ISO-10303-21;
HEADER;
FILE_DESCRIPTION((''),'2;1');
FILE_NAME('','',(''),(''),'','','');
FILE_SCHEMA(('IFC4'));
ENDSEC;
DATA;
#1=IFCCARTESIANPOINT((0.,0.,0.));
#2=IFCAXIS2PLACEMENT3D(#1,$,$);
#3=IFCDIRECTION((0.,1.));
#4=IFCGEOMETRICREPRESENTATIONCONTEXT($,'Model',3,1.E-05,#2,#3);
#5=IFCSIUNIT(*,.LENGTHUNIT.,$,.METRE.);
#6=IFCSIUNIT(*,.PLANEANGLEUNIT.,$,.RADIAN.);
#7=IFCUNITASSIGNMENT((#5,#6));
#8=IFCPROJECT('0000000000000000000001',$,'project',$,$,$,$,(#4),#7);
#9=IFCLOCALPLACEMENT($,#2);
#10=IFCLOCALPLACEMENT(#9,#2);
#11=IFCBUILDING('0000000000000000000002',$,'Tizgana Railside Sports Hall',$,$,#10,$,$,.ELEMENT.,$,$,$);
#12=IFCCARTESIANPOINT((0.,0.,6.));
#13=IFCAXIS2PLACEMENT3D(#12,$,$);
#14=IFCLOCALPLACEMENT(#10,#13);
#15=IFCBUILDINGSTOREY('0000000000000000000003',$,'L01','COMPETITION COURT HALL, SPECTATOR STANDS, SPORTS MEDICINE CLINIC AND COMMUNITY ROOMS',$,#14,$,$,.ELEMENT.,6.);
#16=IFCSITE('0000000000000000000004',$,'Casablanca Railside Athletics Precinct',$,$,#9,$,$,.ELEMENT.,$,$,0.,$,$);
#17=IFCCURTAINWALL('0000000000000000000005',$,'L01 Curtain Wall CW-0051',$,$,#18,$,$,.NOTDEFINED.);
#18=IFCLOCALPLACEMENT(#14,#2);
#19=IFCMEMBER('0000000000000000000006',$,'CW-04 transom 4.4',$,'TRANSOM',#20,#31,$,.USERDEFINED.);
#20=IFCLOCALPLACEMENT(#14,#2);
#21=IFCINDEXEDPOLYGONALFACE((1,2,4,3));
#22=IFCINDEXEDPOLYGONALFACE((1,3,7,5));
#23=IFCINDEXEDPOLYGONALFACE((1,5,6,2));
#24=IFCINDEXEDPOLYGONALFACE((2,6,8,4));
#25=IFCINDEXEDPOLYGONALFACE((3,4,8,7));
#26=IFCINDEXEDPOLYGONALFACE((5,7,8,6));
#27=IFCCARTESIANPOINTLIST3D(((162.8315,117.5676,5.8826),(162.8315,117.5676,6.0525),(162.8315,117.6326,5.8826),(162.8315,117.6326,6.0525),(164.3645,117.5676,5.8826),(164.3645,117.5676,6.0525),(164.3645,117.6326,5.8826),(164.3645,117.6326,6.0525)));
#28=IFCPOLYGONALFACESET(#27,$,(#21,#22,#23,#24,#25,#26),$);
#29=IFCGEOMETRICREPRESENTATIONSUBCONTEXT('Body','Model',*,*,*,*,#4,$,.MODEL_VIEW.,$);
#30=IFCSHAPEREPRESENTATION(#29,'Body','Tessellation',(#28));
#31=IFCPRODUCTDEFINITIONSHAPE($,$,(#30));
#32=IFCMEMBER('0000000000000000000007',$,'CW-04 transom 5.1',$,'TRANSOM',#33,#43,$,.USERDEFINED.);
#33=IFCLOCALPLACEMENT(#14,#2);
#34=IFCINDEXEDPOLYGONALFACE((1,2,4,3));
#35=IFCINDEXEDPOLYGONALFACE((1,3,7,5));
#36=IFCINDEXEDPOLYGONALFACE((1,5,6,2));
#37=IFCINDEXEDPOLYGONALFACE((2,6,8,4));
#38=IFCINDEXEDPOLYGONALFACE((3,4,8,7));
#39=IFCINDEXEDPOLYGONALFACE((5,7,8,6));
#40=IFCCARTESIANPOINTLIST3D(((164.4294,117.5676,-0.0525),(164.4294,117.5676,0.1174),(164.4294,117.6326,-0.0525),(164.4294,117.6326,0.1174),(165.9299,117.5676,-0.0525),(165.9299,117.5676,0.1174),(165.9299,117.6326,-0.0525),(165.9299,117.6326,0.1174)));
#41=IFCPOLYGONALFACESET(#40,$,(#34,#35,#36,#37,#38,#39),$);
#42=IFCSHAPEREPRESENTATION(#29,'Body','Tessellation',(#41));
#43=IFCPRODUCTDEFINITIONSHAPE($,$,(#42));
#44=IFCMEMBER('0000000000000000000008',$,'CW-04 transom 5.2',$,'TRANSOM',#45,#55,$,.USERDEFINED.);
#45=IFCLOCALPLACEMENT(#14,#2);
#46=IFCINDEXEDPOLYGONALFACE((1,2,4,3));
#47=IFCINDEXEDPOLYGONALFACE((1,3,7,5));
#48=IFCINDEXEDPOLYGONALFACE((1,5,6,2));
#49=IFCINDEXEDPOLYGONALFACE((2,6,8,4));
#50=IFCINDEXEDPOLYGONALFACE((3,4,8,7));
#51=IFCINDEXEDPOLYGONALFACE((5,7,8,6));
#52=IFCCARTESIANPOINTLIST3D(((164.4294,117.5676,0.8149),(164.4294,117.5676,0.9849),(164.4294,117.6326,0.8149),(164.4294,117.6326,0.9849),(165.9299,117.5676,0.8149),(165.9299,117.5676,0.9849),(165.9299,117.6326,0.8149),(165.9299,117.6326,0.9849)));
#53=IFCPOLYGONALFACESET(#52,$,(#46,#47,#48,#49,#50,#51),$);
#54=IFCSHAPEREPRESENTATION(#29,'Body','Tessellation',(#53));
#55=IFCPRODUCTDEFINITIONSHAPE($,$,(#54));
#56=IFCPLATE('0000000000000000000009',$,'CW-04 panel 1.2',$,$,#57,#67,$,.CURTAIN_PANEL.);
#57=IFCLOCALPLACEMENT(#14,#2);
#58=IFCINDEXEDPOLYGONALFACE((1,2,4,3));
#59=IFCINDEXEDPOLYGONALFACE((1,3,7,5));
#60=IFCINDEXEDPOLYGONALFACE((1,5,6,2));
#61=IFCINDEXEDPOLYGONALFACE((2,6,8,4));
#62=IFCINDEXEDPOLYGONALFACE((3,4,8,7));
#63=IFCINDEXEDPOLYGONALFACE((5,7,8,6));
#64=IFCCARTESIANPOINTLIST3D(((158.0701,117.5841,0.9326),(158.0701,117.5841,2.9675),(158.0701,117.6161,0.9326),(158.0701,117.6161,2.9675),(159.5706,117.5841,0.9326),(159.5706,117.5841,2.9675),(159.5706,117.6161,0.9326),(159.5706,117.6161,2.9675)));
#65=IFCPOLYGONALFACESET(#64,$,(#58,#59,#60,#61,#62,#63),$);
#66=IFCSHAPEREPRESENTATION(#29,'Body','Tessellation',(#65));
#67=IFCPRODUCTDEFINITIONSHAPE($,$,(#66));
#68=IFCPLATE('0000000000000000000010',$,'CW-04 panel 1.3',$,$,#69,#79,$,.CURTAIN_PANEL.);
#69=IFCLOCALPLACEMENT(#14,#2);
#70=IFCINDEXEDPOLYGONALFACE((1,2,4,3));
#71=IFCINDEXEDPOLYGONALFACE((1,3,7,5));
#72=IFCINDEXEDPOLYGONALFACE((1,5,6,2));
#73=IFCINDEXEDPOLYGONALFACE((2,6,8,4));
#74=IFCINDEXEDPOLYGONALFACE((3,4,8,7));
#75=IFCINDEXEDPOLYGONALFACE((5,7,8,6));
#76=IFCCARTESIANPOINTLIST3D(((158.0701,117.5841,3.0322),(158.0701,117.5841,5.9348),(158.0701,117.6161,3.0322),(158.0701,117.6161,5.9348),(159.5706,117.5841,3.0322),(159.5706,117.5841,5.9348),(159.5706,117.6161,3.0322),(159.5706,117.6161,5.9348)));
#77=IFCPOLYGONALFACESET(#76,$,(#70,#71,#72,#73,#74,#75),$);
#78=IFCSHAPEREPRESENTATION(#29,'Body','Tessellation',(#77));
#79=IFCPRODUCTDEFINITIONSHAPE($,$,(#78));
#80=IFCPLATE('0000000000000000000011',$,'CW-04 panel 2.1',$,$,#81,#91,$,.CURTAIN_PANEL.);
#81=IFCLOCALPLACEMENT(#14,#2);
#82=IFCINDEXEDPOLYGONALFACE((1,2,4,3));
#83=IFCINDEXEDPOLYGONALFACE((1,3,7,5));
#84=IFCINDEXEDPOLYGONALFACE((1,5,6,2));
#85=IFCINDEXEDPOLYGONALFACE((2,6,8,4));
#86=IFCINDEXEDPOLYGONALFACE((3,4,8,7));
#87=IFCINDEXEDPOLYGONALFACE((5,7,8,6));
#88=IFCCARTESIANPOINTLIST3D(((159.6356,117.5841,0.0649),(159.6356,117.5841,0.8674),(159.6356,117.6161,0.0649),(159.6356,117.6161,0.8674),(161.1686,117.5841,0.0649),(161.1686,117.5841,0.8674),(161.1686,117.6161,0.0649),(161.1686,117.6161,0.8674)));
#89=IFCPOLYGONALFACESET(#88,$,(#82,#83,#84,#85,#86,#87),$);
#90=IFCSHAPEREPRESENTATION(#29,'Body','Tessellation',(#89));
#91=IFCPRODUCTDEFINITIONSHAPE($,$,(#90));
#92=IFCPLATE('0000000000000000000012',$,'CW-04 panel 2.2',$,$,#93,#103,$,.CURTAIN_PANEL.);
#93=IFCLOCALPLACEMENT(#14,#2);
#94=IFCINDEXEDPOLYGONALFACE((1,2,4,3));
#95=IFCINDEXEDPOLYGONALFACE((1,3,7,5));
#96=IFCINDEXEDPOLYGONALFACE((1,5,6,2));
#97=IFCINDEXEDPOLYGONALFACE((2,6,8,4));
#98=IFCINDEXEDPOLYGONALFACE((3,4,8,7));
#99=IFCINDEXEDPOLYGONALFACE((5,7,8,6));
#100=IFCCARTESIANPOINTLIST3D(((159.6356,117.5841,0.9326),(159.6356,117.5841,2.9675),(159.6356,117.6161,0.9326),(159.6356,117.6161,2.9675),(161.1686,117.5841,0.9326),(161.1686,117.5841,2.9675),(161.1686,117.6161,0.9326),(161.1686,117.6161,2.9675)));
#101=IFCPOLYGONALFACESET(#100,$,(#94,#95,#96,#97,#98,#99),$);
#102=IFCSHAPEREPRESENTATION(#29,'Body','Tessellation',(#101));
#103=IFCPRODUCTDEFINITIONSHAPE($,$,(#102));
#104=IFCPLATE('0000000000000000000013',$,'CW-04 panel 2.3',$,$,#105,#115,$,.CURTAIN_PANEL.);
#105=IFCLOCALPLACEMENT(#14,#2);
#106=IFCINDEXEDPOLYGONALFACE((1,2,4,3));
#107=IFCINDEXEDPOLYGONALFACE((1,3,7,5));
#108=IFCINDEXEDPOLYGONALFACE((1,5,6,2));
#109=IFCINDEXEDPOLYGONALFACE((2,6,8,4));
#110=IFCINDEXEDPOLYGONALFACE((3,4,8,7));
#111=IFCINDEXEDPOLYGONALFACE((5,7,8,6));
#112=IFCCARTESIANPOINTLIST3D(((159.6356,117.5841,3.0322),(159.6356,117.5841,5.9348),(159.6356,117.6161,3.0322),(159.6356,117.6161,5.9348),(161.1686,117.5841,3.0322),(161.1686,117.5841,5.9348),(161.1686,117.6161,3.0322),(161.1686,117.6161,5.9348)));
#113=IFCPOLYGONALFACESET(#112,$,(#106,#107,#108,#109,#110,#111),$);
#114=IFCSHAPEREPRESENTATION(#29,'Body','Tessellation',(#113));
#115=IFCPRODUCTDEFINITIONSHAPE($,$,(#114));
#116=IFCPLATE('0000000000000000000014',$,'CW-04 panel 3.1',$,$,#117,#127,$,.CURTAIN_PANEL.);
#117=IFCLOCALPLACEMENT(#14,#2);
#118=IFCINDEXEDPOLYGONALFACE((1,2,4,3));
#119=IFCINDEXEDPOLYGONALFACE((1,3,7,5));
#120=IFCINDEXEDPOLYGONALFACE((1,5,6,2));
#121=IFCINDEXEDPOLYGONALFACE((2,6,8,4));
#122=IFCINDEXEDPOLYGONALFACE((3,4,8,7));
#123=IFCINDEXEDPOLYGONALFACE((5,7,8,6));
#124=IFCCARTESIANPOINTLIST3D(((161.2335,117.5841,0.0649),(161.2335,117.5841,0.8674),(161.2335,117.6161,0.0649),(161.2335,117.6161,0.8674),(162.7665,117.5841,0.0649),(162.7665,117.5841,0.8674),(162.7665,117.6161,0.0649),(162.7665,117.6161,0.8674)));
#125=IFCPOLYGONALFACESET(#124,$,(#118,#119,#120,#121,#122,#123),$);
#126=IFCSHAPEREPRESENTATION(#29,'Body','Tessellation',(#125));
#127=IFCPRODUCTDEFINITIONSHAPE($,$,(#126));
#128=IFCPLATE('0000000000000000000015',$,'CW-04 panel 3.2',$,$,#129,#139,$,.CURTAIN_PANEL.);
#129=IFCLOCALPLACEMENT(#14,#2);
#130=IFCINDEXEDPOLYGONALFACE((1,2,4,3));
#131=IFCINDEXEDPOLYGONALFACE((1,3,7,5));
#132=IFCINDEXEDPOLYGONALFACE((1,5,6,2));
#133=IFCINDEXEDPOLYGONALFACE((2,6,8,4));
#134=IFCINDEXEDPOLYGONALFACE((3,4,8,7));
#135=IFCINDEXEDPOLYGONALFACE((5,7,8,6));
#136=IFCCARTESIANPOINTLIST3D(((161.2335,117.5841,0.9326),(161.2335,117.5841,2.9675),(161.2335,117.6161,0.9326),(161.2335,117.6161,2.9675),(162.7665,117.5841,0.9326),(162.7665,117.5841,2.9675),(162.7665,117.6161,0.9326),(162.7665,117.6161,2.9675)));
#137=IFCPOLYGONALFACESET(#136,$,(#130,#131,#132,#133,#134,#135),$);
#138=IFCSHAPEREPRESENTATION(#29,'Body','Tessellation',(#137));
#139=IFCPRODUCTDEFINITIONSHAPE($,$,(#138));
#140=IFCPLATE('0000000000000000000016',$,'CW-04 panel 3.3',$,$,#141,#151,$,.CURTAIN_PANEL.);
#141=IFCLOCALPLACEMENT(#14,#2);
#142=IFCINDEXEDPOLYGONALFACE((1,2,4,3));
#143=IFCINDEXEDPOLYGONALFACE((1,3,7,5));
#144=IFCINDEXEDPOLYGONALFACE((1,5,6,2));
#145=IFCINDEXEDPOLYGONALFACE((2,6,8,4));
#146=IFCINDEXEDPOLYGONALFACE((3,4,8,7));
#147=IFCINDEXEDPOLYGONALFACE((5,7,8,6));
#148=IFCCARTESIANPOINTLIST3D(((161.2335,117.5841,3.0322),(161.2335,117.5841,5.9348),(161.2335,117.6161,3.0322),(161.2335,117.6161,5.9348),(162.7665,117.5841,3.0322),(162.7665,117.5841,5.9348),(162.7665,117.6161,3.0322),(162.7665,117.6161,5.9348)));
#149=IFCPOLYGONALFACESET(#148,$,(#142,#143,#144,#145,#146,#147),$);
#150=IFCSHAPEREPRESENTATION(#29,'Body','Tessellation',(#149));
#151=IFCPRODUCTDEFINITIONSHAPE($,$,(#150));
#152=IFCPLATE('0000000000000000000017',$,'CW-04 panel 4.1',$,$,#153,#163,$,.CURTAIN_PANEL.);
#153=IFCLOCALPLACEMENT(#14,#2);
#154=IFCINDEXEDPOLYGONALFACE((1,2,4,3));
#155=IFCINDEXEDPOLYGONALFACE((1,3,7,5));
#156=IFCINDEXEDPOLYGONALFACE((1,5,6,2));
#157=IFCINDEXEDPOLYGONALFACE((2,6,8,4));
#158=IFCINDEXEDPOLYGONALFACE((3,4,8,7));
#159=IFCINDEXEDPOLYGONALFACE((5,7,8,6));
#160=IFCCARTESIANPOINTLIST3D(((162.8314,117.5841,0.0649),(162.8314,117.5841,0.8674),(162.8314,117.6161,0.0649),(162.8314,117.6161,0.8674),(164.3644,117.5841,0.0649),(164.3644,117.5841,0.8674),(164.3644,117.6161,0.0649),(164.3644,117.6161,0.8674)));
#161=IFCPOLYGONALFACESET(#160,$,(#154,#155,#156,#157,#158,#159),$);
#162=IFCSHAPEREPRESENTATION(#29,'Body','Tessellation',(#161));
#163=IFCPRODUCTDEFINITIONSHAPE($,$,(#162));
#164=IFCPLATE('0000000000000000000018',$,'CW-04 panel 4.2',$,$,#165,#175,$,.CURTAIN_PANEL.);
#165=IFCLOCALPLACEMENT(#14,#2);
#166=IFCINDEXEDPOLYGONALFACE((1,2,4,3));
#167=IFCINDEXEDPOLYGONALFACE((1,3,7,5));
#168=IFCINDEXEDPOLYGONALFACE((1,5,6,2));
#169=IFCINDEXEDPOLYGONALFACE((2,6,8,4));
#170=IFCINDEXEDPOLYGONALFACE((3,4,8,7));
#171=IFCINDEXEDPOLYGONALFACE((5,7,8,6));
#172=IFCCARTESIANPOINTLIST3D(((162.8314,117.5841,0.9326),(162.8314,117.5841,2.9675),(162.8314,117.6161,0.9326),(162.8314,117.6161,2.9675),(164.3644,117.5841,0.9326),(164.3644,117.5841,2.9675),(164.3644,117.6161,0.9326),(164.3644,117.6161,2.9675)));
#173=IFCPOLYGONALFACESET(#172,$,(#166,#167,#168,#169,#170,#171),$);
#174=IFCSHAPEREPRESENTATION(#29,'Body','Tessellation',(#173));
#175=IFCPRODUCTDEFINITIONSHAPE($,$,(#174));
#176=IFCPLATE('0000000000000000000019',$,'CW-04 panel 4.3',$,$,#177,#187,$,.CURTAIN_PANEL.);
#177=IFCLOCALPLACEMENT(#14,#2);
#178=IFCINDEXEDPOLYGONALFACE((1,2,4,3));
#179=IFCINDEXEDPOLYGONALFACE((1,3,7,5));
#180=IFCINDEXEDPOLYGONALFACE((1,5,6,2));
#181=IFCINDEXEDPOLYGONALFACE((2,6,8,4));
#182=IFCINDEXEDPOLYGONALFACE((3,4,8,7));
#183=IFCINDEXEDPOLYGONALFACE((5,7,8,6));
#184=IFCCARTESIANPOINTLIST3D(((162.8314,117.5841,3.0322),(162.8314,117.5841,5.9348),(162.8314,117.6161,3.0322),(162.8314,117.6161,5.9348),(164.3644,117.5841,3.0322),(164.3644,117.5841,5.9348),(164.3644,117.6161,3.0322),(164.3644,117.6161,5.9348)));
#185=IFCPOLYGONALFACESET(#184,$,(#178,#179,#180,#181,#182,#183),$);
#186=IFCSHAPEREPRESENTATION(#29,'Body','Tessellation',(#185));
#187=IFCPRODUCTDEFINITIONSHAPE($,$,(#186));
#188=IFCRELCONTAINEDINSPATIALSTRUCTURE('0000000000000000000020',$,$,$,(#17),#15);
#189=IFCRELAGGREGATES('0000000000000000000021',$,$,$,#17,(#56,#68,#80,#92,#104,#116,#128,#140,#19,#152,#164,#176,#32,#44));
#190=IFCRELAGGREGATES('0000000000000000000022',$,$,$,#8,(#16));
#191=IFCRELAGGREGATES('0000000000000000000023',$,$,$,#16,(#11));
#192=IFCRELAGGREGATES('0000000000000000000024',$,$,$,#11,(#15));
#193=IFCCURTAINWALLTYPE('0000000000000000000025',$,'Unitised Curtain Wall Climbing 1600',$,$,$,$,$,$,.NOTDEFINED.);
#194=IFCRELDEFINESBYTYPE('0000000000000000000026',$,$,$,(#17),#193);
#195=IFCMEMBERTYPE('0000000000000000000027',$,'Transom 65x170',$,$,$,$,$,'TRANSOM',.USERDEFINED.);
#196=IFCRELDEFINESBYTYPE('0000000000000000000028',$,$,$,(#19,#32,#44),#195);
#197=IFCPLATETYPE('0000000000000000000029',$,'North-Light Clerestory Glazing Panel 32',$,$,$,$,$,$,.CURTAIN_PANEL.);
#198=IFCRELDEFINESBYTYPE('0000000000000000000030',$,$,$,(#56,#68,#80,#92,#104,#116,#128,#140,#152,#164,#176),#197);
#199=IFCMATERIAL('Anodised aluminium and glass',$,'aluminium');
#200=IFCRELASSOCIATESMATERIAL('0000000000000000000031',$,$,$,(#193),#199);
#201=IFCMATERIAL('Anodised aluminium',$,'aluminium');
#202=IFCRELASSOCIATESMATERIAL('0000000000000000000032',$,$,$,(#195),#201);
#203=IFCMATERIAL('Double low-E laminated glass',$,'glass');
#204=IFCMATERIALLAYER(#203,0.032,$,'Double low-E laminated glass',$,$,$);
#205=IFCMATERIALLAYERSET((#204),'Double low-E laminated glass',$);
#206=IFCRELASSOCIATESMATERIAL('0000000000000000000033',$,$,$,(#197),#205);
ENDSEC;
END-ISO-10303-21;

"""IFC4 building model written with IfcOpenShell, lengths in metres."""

from ifc_helpers import new_model, si_unit, direction, frame, origin, origin_2d, place, context, subcontext, project, spatial, rectangle, extrude, material, layer, layer_set, material_profile, profile_set, type_object, element, aggregate, save


model = new_model("IFC4")

# Units and contexts
model_context = context("Model", 3, precision=1e-05, world=origin(), true_north=direction((0.0, 1.0)))
body_context = subcontext(model_context, "Body", "Model", "MODEL_VIEW")
ifc_project = project(units=[si_unit("LENGTHUNIT", "METRE"), si_unit("PLANEANGLEUNIT", "RADIAN")], contexts=[model_context])

# Site, building, storey
site_placement = place(None, origin())
site = spatial("IfcSite", under=ifc_project, at=site_placement, Name="Casablanca Railside Athletics Precinct", CompositionType="ELEMENT", RefElevation=0.0)
building_placement = place(site_placement, origin())
building = spatial("IfcBuilding", under=site, at=building_placement, Name="Tizgana Railside Sports Hall", CompositionType="ELEMENT")
storey_placement = place(building_placement, frame((0.0, 0.0, 6.0)))
storey = spatial("IfcBuildingStorey", under=building, at=storey_placement, Name="L01", Description="COMPETITION COURT HALL, SPECTATOR STANDS, SPORTS MEDICINE CLINIC AND COMMUNITY ROOMS", CompositionType="ELEMENT", Elevation=6.0)

# Curtain wall, members, plates
ifc_material_1 = material(Name="Anodised aluminium and glass", Category="aluminium")
curtain_wall_type = type_object("IfcCurtainWallType", Name="Unitised Curtain Wall Climbing 1600", PredefinedType="NOTDEFINED", material=ifc_material_1)
curtain_wall_placement = place(storey_placement, origin())
curtain_wall = element("IfcCurtainWall", 1, at=curtain_wall_placement, inside=storey, type_object=curtain_wall_type, Name="L01 Curtain Wall CW-0051", PredefinedType="NOTDEFINED")
ifc_material_2 = material(Name="Anodised aluminium", Category="aluminium")
ifc_material_profile_1 = material_profile(ifc_material_2, rectangle(XDim=0.0649, YDim=0.1699, at=origin_2d()), Name="Transom 65x170")
ifc_profile_set_1 = profile_set([ifc_material_profile_1], Name="Anodised aluminium")
member_type_1 = type_object("IfcMemberType", Name="Transom 65x170", ElementType="TRANSOM", PredefinedType="USERDEFINED", material=ifc_profile_set_1)
member_1_placement = place(storey_placement, frame((162.8315, 117.6001, 5.9675), z_axis=(1.0, 0.0, 0.0), x_axis=(0.0, 1.0, 0.0)))
member_1 = element("IfcMember", 2, at=member_1_placement, type_object=member_type_1, Name="CW-04 transom 4.4", ObjectType="TRANSOM", PredefinedType="USERDEFINED", context=body_context, shape_type="SweptSolid", body=[
    extrude(rectangle(XDim=0.0649, YDim=0.1699, at=origin_2d()), origin(), (0.0, 0.0, 1.0), 1.533),
])
member_2_placement = place(storey_placement, frame((164.4294, 117.6001, 0.0325), z_axis=(1.0, 0.0, 0.0), x_axis=(0.0, 1.0, 0.0)))
member_2 = element("IfcMember", 3, at=member_2_placement, type_object=member_type_1, Name="CW-04 transom 5.1", ObjectType="TRANSOM", PredefinedType="USERDEFINED", context=body_context, shape_type="SweptSolid", body=[
    extrude(rectangle(XDim=0.0649, YDim=0.1699, at=origin_2d()), origin(), (0.0, 0.0, 1.0), 1.5005),
])
member_3_placement = place(storey_placement, frame((164.4294, 117.6001, 0.8999), z_axis=(1.0, 0.0, 0.0), x_axis=(0.0, 1.0, 0.0)))
member_3 = element("IfcMember", 4, at=member_3_placement, type_object=member_type_1, Name="CW-04 transom 5.2", ObjectType="TRANSOM", PredefinedType="USERDEFINED", context=body_context, shape_type="SweptSolid", body=[
    extrude(rectangle(XDim=0.0649, YDim=0.1699, at=origin_2d()), origin(), (0.0, 0.0, 1.0), 1.5005),
])
ifc_material_3 = material(Name="Double low-E laminated glass", Category="glass")
ifc_layer_1 = layer(ifc_material_3, 0.032, Name="Double low-E laminated glass")
ifc_layer_set_1 = layer_set([ifc_layer_1], Name="Double low-E laminated glass")
plate_type = type_object("IfcPlateType", Name="North-Light Clerestory Glazing Panel 32", PredefinedType="CURTAIN_PANEL", material=ifc_layer_set_1)
plate_1_placement = place(storey_placement, frame((158.8203, 117.6001, 0.9326), z_axis=(0.0, 0.0, 1.0), x_axis=(1.0, 0.0, 0.0)))
plate_1 = element("IfcPlate", 5, at=plate_1_placement, type_object=plate_type, Name="CW-04 panel 1.2", PredefinedType="CURTAIN_PANEL", context=body_context, shape_type="SweptSolid", body=[
    extrude(rectangle(XDim=1.5005, YDim=0.032, at=origin_2d()), origin(), (0.0, 0.0, 1.0), 2.0349),
])
plate_2_placement = place(storey_placement, frame((158.8203, 117.6001, 3.0322), z_axis=(0.0, 0.0, 1.0), x_axis=(1.0, 0.0, 0.0)))
plate_2 = element("IfcPlate", 6, at=plate_2_placement, type_object=plate_type, Name="CW-04 panel 1.3", PredefinedType="CURTAIN_PANEL", context=body_context, shape_type="SweptSolid", body=[
    extrude(rectangle(XDim=1.5005, YDim=0.032, at=origin_2d()), origin(), (0.0, 0.0, 1.0), 2.9026),
])
plate_3_placement = place(storey_placement, frame((160.4021, 117.6001, 0.0649), z_axis=(0.0, 0.0, 1.0), x_axis=(1.0, 0.0, 0.0)))
plate_3 = element("IfcPlate", 7, at=plate_3_placement, type_object=plate_type, Name="CW-04 panel 2.1", PredefinedType="CURTAIN_PANEL", context=body_context, shape_type="SweptSolid", body=[
    extrude(rectangle(XDim=1.533, YDim=0.032, at=origin_2d()), origin(), (0.0, 0.0, 1.0), 0.8025),
])
plate_4_placement = place(storey_placement, frame((160.4021, 117.6001, 0.9326), z_axis=(0.0, 0.0, 1.0), x_axis=(1.0, 0.0, 0.0)))
plate_4 = element("IfcPlate", 8, at=plate_4_placement, type_object=plate_type, Name="CW-04 panel 2.2", PredefinedType="CURTAIN_PANEL", context=body_context, shape_type="SweptSolid", body=[
    extrude(rectangle(XDim=1.533, YDim=0.032, at=origin_2d()), origin(), (0.0, 0.0, 1.0), 2.0349),
])
plate_5_placement = place(storey_placement, frame((160.4021, 117.6001, 3.0322), z_axis=(0.0, 0.0, 1.0), x_axis=(1.0, 0.0, 0.0)))
plate_5 = element("IfcPlate", 9, at=plate_5_placement, type_object=plate_type, Name="CW-04 panel 2.3", PredefinedType="CURTAIN_PANEL", context=body_context, shape_type="SweptSolid", body=[
    extrude(rectangle(XDim=1.533, YDim=0.032, at=origin_2d()), origin(), (0.0, 0.0, 1.0), 2.9026),
])
plate_6_placement = place(storey_placement, frame((162.0, 117.6001, 0.0649), z_axis=(0.0, 0.0, 1.0), x_axis=(1.0, 0.0, 0.0)))
plate_6 = element("IfcPlate", 10, at=plate_6_placement, type_object=plate_type, Name="CW-04 panel 3.1", PredefinedType="CURTAIN_PANEL", context=body_context, shape_type="SweptSolid", body=[
    extrude(rectangle(XDim=1.533, YDim=0.032, at=origin_2d()), origin(), (0.0, 0.0, 1.0), 0.8025),
])
plate_7_placement = place(storey_placement, frame((162.0, 117.6001, 0.9326), z_axis=(0.0, 0.0, 1.0), x_axis=(1.0, 0.0, 0.0)))
plate_7 = element("IfcPlate", 11, at=plate_7_placement, type_object=plate_type, Name="CW-04 panel 3.2", PredefinedType="CURTAIN_PANEL", context=body_context, shape_type="SweptSolid", body=[
    extrude(rectangle(XDim=1.533, YDim=0.032, at=origin_2d()), origin(), (0.0, 0.0, 1.0), 2.0349),
])
plate_8_placement = place(storey_placement, frame((162.0, 117.6001, 3.0322), z_axis=(0.0, 0.0, 1.0), x_axis=(1.0, 0.0, 0.0)))
plate_8 = element("IfcPlate", 12, at=plate_8_placement, type_object=plate_type, Name="CW-04 panel 3.3", PredefinedType="CURTAIN_PANEL", context=body_context, shape_type="SweptSolid", body=[
    extrude(rectangle(XDim=1.533, YDim=0.032, at=origin_2d()), origin(), (0.0, 0.0, 1.0), 2.9026),
])
plate_9_placement = place(storey_placement, frame((163.5979, 117.6001, 0.0649), z_axis=(0.0, 0.0, 1.0), x_axis=(1.0, 0.0, 0.0)))
plate_9 = element("IfcPlate", 13, at=plate_9_placement, type_object=plate_type, Name="CW-04 panel 4.1", PredefinedType="CURTAIN_PANEL", context=body_context, shape_type="SweptSolid", body=[
    extrude(rectangle(XDim=1.533, YDim=0.032, at=origin_2d()), origin(), (0.0, 0.0, 1.0), 0.8025),
])
plate_10_placement = place(storey_placement, frame((163.5979, 117.6001, 0.9326), z_axis=(0.0, 0.0, 1.0), x_axis=(1.0, 0.0, 0.0)))
plate_10 = element("IfcPlate", 14, at=plate_10_placement, type_object=plate_type, Name="CW-04 panel 4.2", PredefinedType="CURTAIN_PANEL", context=body_context, shape_type="SweptSolid", body=[
    extrude(rectangle(XDim=1.533, YDim=0.032, at=origin_2d()), origin(), (0.0, 0.0, 1.0), 2.0349),
])
plate_11_placement = place(storey_placement, frame((163.5979, 117.6001, 3.0322), z_axis=(0.0, 0.0, 1.0), x_axis=(1.0, 0.0, 0.0)))
plate_11 = element("IfcPlate", 15, at=plate_11_placement, type_object=plate_type, Name="CW-04 panel 4.3", PredefinedType="CURTAIN_PANEL", context=body_context, shape_type="SweptSolid", body=[
    extrude(rectangle(XDim=1.533, YDim=0.032, at=origin_2d()), origin(), (0.0, 0.0, 1.0), 2.9026),
])
aggregate(curtain_wall, [plate_1, plate_2, plate_3, plate_4, plate_5, plate_6, plate_7, plate_8, member_1, plate_9, plate_10, plate_11, member_2, member_3])

save(model, "model.ifc")
